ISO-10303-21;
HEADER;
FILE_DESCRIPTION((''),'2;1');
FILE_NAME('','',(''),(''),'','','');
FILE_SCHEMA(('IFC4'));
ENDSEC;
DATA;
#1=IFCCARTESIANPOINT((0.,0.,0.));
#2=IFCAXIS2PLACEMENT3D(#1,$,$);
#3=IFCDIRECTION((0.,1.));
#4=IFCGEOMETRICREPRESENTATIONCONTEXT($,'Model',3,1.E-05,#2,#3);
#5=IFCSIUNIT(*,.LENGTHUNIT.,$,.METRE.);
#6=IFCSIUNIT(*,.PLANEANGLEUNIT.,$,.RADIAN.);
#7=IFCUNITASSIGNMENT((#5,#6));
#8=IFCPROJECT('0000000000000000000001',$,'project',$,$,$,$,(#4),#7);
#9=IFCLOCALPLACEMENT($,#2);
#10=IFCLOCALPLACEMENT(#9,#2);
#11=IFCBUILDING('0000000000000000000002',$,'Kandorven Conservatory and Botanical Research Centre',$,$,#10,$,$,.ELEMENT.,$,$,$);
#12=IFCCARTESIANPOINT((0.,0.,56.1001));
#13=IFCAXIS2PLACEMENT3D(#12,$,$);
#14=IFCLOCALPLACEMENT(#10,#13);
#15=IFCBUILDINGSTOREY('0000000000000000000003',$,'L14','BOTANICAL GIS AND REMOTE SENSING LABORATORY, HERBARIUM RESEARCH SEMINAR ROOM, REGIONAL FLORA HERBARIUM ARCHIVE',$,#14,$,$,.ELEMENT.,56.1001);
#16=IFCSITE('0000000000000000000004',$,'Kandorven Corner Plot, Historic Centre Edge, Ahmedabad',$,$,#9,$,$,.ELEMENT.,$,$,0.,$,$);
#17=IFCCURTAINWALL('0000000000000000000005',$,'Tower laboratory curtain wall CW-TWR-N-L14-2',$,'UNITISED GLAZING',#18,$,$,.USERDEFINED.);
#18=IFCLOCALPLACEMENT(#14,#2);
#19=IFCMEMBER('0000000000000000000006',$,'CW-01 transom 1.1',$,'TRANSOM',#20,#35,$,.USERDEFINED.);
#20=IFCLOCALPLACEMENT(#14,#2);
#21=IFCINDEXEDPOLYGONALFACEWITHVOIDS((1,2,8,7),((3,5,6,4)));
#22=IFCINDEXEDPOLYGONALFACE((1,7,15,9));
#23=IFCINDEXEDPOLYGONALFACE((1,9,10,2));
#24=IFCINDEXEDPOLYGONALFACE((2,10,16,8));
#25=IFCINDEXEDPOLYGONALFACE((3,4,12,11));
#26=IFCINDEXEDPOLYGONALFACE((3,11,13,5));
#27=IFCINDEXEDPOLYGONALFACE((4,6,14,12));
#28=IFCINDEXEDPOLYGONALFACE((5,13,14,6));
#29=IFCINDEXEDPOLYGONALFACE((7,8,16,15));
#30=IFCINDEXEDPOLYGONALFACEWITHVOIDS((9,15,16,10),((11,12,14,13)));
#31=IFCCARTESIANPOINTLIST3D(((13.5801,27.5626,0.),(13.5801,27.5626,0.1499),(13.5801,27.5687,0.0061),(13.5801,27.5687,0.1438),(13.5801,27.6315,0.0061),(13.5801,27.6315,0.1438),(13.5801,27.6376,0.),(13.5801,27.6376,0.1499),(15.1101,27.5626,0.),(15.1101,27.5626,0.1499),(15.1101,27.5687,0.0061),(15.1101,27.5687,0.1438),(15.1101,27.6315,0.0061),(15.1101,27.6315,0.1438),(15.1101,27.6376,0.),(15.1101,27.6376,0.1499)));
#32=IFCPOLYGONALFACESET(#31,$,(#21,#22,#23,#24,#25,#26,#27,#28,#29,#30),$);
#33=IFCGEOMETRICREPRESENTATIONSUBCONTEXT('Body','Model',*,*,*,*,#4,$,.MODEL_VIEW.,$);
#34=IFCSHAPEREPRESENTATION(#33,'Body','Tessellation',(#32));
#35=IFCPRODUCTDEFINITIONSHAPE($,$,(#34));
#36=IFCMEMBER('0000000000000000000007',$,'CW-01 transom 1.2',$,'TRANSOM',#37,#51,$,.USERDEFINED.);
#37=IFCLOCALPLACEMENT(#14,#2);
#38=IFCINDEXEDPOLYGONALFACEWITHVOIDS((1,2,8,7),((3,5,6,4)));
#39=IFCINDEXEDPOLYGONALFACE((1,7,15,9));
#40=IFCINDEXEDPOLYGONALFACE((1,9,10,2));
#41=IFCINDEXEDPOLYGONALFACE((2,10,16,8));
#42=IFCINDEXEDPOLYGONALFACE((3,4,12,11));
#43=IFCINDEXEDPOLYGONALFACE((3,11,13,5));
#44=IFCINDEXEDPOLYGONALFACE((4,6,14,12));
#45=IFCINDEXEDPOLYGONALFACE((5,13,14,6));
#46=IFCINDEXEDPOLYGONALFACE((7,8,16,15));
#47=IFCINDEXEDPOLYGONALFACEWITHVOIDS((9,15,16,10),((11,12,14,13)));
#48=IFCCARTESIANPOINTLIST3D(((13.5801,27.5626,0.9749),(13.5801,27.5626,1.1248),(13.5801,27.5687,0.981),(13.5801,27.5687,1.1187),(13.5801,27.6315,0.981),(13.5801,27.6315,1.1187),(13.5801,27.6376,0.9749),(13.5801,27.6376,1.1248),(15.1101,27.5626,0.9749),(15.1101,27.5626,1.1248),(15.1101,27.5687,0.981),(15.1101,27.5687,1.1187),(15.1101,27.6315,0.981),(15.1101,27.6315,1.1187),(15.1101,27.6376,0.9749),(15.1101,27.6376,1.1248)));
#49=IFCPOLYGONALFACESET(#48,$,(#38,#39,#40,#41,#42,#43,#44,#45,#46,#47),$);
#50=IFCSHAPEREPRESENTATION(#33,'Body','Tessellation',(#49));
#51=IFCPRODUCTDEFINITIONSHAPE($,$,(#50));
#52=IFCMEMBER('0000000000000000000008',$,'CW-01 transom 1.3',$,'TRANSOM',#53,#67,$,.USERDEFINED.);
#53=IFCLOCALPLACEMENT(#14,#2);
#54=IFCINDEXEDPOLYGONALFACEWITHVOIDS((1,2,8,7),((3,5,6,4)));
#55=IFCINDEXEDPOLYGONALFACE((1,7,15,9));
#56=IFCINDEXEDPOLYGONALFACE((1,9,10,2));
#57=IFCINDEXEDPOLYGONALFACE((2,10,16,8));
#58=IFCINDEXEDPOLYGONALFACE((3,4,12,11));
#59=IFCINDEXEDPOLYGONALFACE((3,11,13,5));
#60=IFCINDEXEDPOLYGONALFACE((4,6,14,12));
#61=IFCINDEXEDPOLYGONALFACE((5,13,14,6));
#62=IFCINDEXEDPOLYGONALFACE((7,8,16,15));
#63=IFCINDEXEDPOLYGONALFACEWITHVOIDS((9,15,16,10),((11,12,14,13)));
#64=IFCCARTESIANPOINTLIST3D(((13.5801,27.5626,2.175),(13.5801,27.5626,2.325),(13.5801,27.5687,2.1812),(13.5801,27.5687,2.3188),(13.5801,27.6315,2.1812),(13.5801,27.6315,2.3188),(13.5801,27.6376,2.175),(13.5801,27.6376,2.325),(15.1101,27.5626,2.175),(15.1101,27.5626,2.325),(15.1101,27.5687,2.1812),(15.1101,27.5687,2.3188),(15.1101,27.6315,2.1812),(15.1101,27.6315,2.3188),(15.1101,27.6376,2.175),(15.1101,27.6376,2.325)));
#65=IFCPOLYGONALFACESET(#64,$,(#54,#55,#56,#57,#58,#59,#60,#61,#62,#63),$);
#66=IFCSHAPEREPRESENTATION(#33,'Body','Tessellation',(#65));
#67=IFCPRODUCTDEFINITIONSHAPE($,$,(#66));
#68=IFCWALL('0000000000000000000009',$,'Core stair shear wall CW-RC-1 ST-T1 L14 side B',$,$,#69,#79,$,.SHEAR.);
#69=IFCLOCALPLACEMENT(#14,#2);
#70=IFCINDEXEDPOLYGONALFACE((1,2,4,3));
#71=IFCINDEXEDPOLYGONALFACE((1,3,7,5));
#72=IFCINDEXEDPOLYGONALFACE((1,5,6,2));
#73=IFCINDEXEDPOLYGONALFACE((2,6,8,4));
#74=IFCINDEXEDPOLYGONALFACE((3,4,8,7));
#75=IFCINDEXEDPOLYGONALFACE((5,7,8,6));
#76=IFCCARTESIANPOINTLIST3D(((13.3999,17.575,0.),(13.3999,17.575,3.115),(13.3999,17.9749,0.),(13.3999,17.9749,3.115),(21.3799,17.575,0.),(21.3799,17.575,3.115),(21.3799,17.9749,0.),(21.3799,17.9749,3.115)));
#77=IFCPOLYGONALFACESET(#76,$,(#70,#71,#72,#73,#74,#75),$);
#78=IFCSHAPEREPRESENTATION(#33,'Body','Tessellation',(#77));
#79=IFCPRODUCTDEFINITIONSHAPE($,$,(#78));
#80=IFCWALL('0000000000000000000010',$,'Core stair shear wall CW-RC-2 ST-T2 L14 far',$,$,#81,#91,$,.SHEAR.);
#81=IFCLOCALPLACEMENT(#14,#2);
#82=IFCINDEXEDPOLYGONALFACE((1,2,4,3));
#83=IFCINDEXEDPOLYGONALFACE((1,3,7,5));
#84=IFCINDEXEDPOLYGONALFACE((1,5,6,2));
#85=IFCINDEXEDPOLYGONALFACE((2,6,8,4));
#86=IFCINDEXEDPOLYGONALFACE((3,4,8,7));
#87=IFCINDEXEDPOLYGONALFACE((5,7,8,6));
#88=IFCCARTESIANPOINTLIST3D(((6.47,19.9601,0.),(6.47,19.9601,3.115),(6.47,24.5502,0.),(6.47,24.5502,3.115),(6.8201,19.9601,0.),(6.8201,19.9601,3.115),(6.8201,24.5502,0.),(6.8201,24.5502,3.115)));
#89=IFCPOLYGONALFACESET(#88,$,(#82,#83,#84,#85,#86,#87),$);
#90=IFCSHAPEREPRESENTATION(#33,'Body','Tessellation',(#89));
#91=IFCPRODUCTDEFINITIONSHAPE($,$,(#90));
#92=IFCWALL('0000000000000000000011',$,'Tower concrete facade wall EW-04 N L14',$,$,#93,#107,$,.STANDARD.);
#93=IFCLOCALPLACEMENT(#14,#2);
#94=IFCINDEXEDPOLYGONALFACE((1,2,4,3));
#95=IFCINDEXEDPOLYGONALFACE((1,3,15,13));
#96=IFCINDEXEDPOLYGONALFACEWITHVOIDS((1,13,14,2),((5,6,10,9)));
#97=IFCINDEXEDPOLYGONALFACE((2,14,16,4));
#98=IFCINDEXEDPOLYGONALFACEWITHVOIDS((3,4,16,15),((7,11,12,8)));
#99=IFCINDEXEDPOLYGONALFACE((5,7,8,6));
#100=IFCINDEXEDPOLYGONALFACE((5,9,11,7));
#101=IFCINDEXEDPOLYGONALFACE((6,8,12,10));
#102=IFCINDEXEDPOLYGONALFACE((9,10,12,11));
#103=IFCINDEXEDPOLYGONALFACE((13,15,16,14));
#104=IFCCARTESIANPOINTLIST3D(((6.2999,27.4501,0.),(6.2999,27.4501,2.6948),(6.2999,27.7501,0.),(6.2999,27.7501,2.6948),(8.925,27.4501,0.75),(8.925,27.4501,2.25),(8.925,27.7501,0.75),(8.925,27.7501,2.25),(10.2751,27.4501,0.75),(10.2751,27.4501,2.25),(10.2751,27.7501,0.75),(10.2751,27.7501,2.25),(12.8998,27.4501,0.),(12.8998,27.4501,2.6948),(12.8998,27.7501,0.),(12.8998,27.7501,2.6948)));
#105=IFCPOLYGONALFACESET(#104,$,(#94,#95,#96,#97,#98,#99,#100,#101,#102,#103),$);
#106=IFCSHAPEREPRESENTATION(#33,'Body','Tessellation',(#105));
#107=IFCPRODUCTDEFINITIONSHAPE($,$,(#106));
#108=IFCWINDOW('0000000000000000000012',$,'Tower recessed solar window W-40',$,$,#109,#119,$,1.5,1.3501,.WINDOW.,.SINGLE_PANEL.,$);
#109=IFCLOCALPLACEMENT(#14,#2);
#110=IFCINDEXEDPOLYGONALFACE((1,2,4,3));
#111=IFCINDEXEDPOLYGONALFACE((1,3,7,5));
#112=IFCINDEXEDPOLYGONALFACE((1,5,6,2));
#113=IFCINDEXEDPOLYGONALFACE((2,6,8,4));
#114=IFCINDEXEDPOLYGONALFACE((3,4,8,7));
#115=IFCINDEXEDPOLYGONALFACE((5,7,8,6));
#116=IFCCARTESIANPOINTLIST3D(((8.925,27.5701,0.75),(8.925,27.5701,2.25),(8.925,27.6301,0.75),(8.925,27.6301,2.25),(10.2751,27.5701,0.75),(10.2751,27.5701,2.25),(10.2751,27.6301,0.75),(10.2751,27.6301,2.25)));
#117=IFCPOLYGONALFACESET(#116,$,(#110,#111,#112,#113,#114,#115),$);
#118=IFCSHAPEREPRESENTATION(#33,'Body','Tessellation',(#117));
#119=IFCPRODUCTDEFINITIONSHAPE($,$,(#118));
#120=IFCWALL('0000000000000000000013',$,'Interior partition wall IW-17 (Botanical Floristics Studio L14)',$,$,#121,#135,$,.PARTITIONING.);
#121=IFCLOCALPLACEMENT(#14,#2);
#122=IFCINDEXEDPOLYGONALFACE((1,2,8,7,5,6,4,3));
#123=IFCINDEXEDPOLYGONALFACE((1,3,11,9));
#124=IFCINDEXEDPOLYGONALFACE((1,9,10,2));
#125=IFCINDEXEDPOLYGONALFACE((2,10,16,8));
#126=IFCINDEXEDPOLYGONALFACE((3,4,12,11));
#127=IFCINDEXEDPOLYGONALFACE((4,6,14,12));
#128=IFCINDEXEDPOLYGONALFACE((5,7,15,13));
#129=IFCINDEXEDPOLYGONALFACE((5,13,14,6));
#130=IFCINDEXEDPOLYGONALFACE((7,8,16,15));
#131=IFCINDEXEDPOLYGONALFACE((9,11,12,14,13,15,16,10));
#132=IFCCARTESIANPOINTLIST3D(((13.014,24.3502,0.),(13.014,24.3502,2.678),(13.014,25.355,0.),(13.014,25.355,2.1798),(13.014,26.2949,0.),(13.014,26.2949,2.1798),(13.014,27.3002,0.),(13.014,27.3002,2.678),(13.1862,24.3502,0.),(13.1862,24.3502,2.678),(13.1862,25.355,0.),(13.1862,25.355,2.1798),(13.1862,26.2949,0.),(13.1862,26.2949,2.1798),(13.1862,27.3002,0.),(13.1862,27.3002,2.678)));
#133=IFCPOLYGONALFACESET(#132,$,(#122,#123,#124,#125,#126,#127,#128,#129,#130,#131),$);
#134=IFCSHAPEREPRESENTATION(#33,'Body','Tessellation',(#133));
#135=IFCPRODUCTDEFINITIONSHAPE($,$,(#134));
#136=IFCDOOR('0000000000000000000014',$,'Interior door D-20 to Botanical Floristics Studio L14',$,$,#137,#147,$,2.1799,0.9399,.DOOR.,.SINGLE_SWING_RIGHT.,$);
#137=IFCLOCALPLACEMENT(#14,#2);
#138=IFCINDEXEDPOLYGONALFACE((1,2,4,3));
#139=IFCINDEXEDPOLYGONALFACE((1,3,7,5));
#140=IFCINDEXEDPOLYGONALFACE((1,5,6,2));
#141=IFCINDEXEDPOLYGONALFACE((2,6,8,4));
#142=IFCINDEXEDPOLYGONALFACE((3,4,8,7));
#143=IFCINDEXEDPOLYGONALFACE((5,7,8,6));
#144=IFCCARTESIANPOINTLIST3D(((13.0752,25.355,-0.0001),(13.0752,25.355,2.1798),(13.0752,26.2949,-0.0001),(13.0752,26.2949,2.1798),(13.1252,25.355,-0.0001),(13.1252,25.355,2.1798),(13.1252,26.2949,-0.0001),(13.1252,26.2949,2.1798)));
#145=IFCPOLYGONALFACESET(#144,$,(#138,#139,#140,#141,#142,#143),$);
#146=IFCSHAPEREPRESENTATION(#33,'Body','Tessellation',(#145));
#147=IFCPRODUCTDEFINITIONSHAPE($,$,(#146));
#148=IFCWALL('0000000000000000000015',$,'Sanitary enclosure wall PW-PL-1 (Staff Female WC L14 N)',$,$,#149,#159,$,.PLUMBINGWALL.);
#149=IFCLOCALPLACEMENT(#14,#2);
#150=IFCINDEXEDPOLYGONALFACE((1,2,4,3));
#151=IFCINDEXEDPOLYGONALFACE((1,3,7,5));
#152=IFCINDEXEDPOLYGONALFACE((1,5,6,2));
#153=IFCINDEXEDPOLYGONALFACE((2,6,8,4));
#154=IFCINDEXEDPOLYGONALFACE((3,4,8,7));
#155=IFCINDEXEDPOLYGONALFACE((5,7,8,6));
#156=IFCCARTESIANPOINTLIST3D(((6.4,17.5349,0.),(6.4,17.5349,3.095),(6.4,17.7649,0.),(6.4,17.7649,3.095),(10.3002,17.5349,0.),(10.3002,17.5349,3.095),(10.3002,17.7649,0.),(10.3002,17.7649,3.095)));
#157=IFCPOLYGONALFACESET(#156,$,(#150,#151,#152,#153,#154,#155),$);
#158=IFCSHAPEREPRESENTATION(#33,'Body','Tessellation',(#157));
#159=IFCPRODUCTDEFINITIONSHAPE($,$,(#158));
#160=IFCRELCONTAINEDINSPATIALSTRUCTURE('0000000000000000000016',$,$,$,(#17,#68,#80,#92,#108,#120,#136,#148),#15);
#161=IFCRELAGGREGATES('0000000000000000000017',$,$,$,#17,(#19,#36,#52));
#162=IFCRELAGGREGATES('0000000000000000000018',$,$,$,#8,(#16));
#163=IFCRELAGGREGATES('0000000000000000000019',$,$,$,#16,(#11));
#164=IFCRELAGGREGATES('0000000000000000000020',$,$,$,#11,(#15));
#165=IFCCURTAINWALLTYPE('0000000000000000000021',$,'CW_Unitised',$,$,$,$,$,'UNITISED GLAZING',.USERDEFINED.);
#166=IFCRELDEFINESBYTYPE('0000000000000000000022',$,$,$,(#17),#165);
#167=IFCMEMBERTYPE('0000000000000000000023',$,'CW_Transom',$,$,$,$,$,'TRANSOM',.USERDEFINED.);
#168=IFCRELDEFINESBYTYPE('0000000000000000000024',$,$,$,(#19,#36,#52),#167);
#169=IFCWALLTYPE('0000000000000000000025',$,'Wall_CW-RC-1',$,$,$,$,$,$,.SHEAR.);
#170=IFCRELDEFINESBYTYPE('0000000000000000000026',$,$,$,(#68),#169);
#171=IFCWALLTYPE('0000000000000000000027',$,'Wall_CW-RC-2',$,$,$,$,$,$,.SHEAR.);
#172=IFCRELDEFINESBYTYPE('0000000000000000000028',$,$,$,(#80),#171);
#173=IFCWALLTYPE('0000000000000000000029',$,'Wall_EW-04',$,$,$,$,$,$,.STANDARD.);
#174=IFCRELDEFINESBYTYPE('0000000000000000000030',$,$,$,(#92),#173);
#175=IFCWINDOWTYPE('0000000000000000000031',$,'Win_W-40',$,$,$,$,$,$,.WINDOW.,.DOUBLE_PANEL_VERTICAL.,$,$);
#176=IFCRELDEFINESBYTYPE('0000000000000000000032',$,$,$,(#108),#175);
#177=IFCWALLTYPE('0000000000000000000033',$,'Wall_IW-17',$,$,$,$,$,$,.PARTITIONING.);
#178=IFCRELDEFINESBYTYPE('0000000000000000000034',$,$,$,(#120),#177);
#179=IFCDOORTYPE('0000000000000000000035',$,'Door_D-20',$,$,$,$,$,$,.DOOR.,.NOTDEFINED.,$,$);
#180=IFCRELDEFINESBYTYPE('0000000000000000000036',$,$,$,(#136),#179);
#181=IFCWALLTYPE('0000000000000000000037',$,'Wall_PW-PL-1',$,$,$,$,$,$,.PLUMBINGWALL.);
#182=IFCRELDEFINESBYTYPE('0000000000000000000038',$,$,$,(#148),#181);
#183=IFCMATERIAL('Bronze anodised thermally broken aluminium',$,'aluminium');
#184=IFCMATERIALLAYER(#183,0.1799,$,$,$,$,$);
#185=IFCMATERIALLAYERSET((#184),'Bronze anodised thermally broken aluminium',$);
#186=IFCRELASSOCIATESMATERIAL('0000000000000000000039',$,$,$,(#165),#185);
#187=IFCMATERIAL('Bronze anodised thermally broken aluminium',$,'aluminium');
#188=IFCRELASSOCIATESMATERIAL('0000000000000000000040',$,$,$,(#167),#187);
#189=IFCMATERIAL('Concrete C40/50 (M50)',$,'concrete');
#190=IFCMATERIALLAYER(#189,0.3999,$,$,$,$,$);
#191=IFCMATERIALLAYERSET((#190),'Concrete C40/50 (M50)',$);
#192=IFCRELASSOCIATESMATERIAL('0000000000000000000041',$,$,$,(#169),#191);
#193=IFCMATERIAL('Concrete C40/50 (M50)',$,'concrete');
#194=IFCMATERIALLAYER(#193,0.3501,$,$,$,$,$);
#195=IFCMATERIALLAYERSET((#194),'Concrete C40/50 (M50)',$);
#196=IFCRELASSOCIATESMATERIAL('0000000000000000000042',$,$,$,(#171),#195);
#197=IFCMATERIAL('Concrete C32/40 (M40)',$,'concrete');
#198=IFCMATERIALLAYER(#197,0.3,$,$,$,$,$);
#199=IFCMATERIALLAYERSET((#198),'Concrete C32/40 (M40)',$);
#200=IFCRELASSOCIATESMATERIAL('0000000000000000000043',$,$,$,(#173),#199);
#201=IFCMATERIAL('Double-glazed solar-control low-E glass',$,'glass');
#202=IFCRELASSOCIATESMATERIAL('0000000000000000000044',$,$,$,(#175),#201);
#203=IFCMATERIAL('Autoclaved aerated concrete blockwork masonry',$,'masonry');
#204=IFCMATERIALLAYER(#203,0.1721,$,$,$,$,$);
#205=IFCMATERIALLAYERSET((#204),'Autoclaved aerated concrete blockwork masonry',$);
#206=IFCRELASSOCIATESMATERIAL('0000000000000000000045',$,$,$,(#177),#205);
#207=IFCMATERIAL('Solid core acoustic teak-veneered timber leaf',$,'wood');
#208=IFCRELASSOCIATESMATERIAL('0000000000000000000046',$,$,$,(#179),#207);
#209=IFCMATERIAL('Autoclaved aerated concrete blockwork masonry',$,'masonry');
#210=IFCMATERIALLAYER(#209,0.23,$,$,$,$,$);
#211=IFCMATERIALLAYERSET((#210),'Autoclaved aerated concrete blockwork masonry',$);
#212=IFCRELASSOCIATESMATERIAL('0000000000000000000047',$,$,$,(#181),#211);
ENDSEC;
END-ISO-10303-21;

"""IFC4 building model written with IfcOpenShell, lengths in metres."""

from ifc_helpers import new_model, si_unit, direction, frame, frame_2d, origin, origin_2d, place, context, subcontext, project, spatial, rectangle, hollow_rectangle, extrude, material, layer, layer_set, material_profile, profile_set, type_object, element, fill, aggregate, save


model = new_model("IFC4")

# Units and contexts
model_context = context("Model", 3, precision=1e-05, world=origin(), true_north=direction((0.0, 1.0)))
body_context = subcontext(model_context, "Body", "Model", "MODEL_VIEW")
ifc_project = project(units=[si_unit("LENGTHUNIT", "METRE"), si_unit("PLANEANGLEUNIT", "RADIAN")], contexts=[model_context])

# Site, building, storey
site_placement = place(None, origin())
site = spatial("IfcSite", under=ifc_project, at=site_placement, Name="Kandorven Corner Plot, Historic Centre Edge, Ahmedabad", CompositionType="ELEMENT", RefElevation=0.0)
building_placement = place(site_placement, origin())
building = spatial("IfcBuilding", under=site, at=building_placement, Name="Kandorven Conservatory and Botanical Research Centre", CompositionType="ELEMENT")
storey_placement = place(building_placement, frame((0.0, 0.0, 56.1001)))
storey = spatial("IfcBuildingStorey", under=building, at=storey_placement, Name="L14", Description="BOTANICAL GIS AND REMOTE SENSING LABORATORY, HERBARIUM RESEARCH SEMINAR ROOM, REGIONAL FLORA HERBARIUM ARCHIVE", CompositionType="ELEMENT", Elevation=56.1001)

# Curtain wall, members
ifc_material_1 = material(Name="Bronze anodised thermally broken aluminium", Category="aluminium")
ifc_layer_1 = layer(ifc_material_1, 0.1799)
ifc_layer_set_1 = layer_set([ifc_layer_1], Name="Bronze anodised thermally broken aluminium")
curtain_wall_type = type_object("IfcCurtainWallType", Name="CW_Unitised", ElementType="UNITISED GLAZING", PredefinedType="USERDEFINED", material=ifc_layer_set_1)
curtain_wall_placement = place(storey_placement, origin())
curtain_wall = element("IfcCurtainWall", 1, at=curtain_wall_placement, inside=storey, type_object=curtain_wall_type, Name="Tower laboratory curtain wall CW-TWR-N-L14-2", ObjectType="UNITISED GLAZING", PredefinedType="USERDEFINED")
ifc_material_2 = material(Name="Bronze anodised thermally broken aluminium", Category="aluminium")
ifc_material_profile_1 = material_profile(ifc_material_2, hollow_rectangle(XDim=0.075, YDim=0.1499, WallThickness=0.0061, at=origin_2d()))
ifc_profile_set_1 = profile_set([ifc_material_profile_1], Name="Bronze anodised thermally broken aluminium")
member_type_1 = type_object("IfcMemberType", Name="CW_Transom", ElementType="TRANSOM", PredefinedType="USERDEFINED", material=ifc_profile_set_1)
member_1_placement = place(storey_placement, frame((13.5801, 27.6001, 0.075), z_axis=(1.0, 0.0, 0.0), x_axis=(0.0, 1.0, 0.0)))
member_1 = element("IfcMember", 2, at=member_1_placement, type_object=member_type_1, Name="CW-01 transom 1.1", ObjectType="TRANSOM", PredefinedType="USERDEFINED", context=body_context, shape_type="SweptSolid", body=[
    extrude(hollow_rectangle(XDim=0.075, YDim=0.1499, WallThickness=0.0061, at=origin_2d()), origin(), (0.0, 0.0, 1.0), 1.53),
])
member_2_placement = place(storey_placement, frame((13.5801, 27.6001, 1.0498), z_axis=(1.0, 0.0, 0.0), x_axis=(0.0, 1.0, 0.0)))
member_2 = element("IfcMember", 3, at=member_2_placement, type_object=member_type_1, Name="CW-01 transom 1.2", ObjectType="TRANSOM", PredefinedType="USERDEFINED", context=body_context, shape_type="SweptSolid", body=[
    extrude(hollow_rectangle(XDim=0.075, YDim=0.1499, WallThickness=0.0061, at=origin_2d()), origin(), (0.0, 0.0, 1.0), 1.53),
])
member_3_placement = place(storey_placement, frame((13.5801, 27.6001, 2.25), z_axis=(1.0, 0.0, 0.0), x_axis=(0.0, 1.0, 0.0)))
member_3 = element("IfcMember", 4, at=member_3_placement, type_object=member_type_1, Name="CW-01 transom 1.3", ObjectType="TRANSOM", PredefinedType="USERDEFINED", context=body_context, shape_type="SweptSolid", body=[
    extrude(hollow_rectangle(XDim=0.075, YDim=0.1499, WallThickness=0.0061, at=origin_2d()), origin(), (0.0, 0.0, 1.0), 1.53),
])
aggregate(curtain_wall, [member_1, member_2, member_3])

# Walls
ifc_material_3 = material(Name="Concrete C40/50 (M50)", Category="concrete")
ifc_layer_2 = layer(ifc_material_3, 0.3999)
ifc_layer_set_2 = layer_set([ifc_layer_2], Name="Concrete C40/50 (M50)")
wall_type_1 = type_object("IfcWallType", Name="Wall_CW-RC-1", PredefinedType="SHEAR", material=ifc_layer_set_2)
wall_1_placement = place(storey_placement, frame((13.3999, 17.7749, 0.0), z_axis=(0.0, 0.0, 1.0), x_axis=(1.0, 0.0, 0.0)))
element("IfcWall", 5, at=wall_1_placement, inside=storey, type_object=wall_type_1, Name="Core stair shear wall CW-RC-1 ST-T1 L14 side B", PredefinedType="SHEAR", context=body_context, shape_type="SweptSolid", body=[
    extrude(rectangle(XDim=7.98, YDim=0.3999, at=frame_2d((3.99, 0.0))), origin(), (0.0, 0.0, 1.0), 3.115),
])
ifc_material_4 = material(Name="Concrete C40/50 (M50)", Category="concrete")
ifc_layer_3 = layer(ifc_material_4, 0.3501)
ifc_layer_set_3 = layer_set([ifc_layer_3], Name="Concrete C40/50 (M50)")
wall_type_2 = type_object("IfcWallType", Name="Wall_CW-RC-2", PredefinedType="SHEAR", material=ifc_layer_set_3)
wall_2_placement = place(storey_placement, frame((6.645, 24.55, 0.0), z_axis=(0.0, 0.0, 1.0), x_axis=(0.0, -1.0, 0.0)))
element("IfcWall", 6, at=wall_2_placement, inside=storey, type_object=wall_type_2, Name="Core stair shear wall CW-RC-2 ST-T2 L14 far", PredefinedType="SHEAR", context=body_context, shape_type="SweptSolid", body=[
    extrude(rectangle(XDim=4.5901, YDim=0.3501, at=frame_2d((2.2949, 0.0))), origin(), (0.0, 0.0, 1.0), 3.115),
])

# Wall, opening, window
ifc_material_5 = material(Name="Concrete C32/40 (M40)", Category="concrete")
ifc_layer_4 = layer(ifc_material_5, 0.3)
ifc_layer_set_4 = layer_set([ifc_layer_4], Name="Concrete C32/40 (M40)")
wall_type_3 = type_object("IfcWallType", Name="Wall_EW-04", PredefinedType="STANDARD", material=ifc_layer_set_4)
wall_3_placement = place(storey_placement, frame((6.3, 27.6001, 0.0), z_axis=(0.0, 0.0, 1.0), x_axis=(1.0, 0.0, 0.0)))
wall_3 = element("IfcWall", 7, at=wall_3_placement, inside=storey, type_object=wall_type_3, Name="Tower concrete facade wall EW-04 N L14", PredefinedType="STANDARD", context=body_context, shape_type="SweptSolid", body=[
    extrude(rectangle(XDim=6.5999, YDim=0.3, at=frame_2d((3.2998, 0.0))), origin(), (0.0, 0.0, 1.0), 2.6948),
])
opening_1_placement = place(wall_3_placement, frame((2.625, 0.0, 0.75)))
opening_1 = element("IfcOpeningElement", 8, at=opening_1_placement, cuts=wall_3, PredefinedType="OPENING", context=body_context, shape_type="SweptSolid", body=[
    extrude(rectangle(XDim=1.3501, YDim=1.5, at=frame_2d((0.675, 0.75))), frame((0.0, 0.1599, 0.0), z_axis=(0.0, -1.0, 0.0), x_axis=(1.0, 0.0, 0.0)), (0.0, 0.0, 1.0), 0.3201),
])
ifc_material_6 = material(Name="Double-glazed solar-control low-E glass", Category="glass")
window_type = type_object("IfcWindowType", Name="Win_W-40", PartitioningType="DOUBLE_PANEL_VERTICAL", PredefinedType="WINDOW", material=ifc_material_6)
window_placement = place(opening_1_placement, origin())
window = element("IfcWindow", 9, at=window_placement, inside=storey, type_object=window_type, Name="Tower recessed solar window W-40", OverallHeight=1.5, OverallWidth=1.3501, PartitioningType="SINGLE_PANEL", PredefinedType="WINDOW", context=body_context, shape_type="SweptSolid", body=[
    extrude(rectangle(XDim=1.3501, YDim=1.5, at=frame_2d((0.675, 0.75))), frame((0.0, 0.03, 0.0), z_axis=(0.0, -1.0, 0.0), x_axis=(1.0, 0.0, 0.0)), (0.0, 0.0, 1.0), 0.0601),
])
fill(opening_1, window)

# Wall, opening, door
ifc_material_7 = material(Name="Autoclaved aerated concrete blockwork masonry", Category="masonry")
ifc_layer_5 = layer(ifc_material_7, 0.1721)
ifc_layer_set_5 = layer_set([ifc_layer_5], Name="Autoclaved aerated concrete blockwork masonry")
wall_type_4 = type_object("IfcWallType", Name="Wall_IW-17", PredefinedType="PARTITIONING", material=ifc_layer_set_5)
wall_4_placement = place(storey_placement, frame((13.1001, 24.3501, 0.0), z_axis=(0.0, 0.0, 1.0), x_axis=(0.0, 1.0, 0.0)))
wall_4 = element("IfcWall", 10, at=wall_4_placement, inside=storey, type_object=wall_type_4, Name="Interior partition wall IW-17 (Botanical Floristics Studio L14)", PredefinedType="PARTITIONING", context=body_context, shape_type="SweptSolid", body=[
    extrude(rectangle(XDim=2.95, YDim=0.1721, at=frame_2d((1.4751, 0.0))), origin(), (0.0, 0.0, 1.0), 2.678),
])
opening_2_placement = place(wall_4_placement, frame((1.0049, 0.0, 0.0)))
opening_2 = element("IfcOpeningElement", 11, at=opening_2_placement, cuts=wall_4, PredefinedType="OPENING", context=body_context, shape_type="SweptSolid", body=[
    extrude(rectangle(XDim=0.9399, YDim=2.1799, at=frame_2d((0.47, 1.0898))), frame((0.0, 0.0959, 0.0), z_axis=(0.0, -1.0, 0.0), x_axis=(1.0, 0.0, 0.0)), (0.0, 0.0, 1.0), 0.1921),
])
ifc_material_8 = material(Name="Solid core acoustic teak-veneered timber leaf", Category="wood")
door_type_1 = type_object("IfcDoorType", Name="Door_D-20", OperationType="NOTDEFINED", PredefinedType="DOOR", material=ifc_material_8)
door_1_placement = place(opening_2_placement, origin())
door_1 = element("IfcDoor", 12, at=door_1_placement, inside=storey, type_object=door_type_1, Name="Interior door D-20 to Botanical Floristics Studio L14", OperationType="SINGLE_SWING_RIGHT", OverallHeight=2.1799, OverallWidth=0.9399, PredefinedType="DOOR", context=body_context, shape_type="SweptSolid", body=[
    extrude(rectangle(XDim=0.9399, YDim=2.1799, at=frame_2d((0.47, 1.0898))), frame((0.0, 0.0249, 0.0), z_axis=(0.0, -1.0, 0.0), x_axis=(1.0, 0.0, 0.0)), (0.0, 0.0, 1.0), 0.05),
])
fill(opening_2, door_1)

# Wall
ifc_material_9 = material(Name="Autoclaved aerated concrete blockwork masonry", Category="masonry")
ifc_layer_6 = layer(ifc_material_9, 0.23)
ifc_layer_set_6 = layer_set([ifc_layer_6], Name="Autoclaved aerated concrete blockwork masonry")
wall_type_5 = type_object("IfcWallType", Name="Wall_PW-PL-1", PredefinedType="PLUMBINGWALL", material=ifc_layer_set_6)
wall_5_placement = place(storey_placement, frame((6.3999, 17.6499, 0.0), z_axis=(0.0, 0.0, 1.0), x_axis=(1.0, 0.0, 0.0)))
element("IfcWall", 13, at=wall_5_placement, inside=storey, type_object=wall_type_5, Name="Sanitary enclosure wall PW-PL-1 (Staff Female WC L14 N)", PredefinedType="PLUMBINGWALL", context=body_context, shape_type="SweptSolid", body=[
    extrude(rectangle(XDim=3.9001, YDim=0.23, at=frame_2d((1.9502, 0.0))), origin(), (0.0, 0.0, 1.0), 3.095),
])

save(model, "model.ifc")
